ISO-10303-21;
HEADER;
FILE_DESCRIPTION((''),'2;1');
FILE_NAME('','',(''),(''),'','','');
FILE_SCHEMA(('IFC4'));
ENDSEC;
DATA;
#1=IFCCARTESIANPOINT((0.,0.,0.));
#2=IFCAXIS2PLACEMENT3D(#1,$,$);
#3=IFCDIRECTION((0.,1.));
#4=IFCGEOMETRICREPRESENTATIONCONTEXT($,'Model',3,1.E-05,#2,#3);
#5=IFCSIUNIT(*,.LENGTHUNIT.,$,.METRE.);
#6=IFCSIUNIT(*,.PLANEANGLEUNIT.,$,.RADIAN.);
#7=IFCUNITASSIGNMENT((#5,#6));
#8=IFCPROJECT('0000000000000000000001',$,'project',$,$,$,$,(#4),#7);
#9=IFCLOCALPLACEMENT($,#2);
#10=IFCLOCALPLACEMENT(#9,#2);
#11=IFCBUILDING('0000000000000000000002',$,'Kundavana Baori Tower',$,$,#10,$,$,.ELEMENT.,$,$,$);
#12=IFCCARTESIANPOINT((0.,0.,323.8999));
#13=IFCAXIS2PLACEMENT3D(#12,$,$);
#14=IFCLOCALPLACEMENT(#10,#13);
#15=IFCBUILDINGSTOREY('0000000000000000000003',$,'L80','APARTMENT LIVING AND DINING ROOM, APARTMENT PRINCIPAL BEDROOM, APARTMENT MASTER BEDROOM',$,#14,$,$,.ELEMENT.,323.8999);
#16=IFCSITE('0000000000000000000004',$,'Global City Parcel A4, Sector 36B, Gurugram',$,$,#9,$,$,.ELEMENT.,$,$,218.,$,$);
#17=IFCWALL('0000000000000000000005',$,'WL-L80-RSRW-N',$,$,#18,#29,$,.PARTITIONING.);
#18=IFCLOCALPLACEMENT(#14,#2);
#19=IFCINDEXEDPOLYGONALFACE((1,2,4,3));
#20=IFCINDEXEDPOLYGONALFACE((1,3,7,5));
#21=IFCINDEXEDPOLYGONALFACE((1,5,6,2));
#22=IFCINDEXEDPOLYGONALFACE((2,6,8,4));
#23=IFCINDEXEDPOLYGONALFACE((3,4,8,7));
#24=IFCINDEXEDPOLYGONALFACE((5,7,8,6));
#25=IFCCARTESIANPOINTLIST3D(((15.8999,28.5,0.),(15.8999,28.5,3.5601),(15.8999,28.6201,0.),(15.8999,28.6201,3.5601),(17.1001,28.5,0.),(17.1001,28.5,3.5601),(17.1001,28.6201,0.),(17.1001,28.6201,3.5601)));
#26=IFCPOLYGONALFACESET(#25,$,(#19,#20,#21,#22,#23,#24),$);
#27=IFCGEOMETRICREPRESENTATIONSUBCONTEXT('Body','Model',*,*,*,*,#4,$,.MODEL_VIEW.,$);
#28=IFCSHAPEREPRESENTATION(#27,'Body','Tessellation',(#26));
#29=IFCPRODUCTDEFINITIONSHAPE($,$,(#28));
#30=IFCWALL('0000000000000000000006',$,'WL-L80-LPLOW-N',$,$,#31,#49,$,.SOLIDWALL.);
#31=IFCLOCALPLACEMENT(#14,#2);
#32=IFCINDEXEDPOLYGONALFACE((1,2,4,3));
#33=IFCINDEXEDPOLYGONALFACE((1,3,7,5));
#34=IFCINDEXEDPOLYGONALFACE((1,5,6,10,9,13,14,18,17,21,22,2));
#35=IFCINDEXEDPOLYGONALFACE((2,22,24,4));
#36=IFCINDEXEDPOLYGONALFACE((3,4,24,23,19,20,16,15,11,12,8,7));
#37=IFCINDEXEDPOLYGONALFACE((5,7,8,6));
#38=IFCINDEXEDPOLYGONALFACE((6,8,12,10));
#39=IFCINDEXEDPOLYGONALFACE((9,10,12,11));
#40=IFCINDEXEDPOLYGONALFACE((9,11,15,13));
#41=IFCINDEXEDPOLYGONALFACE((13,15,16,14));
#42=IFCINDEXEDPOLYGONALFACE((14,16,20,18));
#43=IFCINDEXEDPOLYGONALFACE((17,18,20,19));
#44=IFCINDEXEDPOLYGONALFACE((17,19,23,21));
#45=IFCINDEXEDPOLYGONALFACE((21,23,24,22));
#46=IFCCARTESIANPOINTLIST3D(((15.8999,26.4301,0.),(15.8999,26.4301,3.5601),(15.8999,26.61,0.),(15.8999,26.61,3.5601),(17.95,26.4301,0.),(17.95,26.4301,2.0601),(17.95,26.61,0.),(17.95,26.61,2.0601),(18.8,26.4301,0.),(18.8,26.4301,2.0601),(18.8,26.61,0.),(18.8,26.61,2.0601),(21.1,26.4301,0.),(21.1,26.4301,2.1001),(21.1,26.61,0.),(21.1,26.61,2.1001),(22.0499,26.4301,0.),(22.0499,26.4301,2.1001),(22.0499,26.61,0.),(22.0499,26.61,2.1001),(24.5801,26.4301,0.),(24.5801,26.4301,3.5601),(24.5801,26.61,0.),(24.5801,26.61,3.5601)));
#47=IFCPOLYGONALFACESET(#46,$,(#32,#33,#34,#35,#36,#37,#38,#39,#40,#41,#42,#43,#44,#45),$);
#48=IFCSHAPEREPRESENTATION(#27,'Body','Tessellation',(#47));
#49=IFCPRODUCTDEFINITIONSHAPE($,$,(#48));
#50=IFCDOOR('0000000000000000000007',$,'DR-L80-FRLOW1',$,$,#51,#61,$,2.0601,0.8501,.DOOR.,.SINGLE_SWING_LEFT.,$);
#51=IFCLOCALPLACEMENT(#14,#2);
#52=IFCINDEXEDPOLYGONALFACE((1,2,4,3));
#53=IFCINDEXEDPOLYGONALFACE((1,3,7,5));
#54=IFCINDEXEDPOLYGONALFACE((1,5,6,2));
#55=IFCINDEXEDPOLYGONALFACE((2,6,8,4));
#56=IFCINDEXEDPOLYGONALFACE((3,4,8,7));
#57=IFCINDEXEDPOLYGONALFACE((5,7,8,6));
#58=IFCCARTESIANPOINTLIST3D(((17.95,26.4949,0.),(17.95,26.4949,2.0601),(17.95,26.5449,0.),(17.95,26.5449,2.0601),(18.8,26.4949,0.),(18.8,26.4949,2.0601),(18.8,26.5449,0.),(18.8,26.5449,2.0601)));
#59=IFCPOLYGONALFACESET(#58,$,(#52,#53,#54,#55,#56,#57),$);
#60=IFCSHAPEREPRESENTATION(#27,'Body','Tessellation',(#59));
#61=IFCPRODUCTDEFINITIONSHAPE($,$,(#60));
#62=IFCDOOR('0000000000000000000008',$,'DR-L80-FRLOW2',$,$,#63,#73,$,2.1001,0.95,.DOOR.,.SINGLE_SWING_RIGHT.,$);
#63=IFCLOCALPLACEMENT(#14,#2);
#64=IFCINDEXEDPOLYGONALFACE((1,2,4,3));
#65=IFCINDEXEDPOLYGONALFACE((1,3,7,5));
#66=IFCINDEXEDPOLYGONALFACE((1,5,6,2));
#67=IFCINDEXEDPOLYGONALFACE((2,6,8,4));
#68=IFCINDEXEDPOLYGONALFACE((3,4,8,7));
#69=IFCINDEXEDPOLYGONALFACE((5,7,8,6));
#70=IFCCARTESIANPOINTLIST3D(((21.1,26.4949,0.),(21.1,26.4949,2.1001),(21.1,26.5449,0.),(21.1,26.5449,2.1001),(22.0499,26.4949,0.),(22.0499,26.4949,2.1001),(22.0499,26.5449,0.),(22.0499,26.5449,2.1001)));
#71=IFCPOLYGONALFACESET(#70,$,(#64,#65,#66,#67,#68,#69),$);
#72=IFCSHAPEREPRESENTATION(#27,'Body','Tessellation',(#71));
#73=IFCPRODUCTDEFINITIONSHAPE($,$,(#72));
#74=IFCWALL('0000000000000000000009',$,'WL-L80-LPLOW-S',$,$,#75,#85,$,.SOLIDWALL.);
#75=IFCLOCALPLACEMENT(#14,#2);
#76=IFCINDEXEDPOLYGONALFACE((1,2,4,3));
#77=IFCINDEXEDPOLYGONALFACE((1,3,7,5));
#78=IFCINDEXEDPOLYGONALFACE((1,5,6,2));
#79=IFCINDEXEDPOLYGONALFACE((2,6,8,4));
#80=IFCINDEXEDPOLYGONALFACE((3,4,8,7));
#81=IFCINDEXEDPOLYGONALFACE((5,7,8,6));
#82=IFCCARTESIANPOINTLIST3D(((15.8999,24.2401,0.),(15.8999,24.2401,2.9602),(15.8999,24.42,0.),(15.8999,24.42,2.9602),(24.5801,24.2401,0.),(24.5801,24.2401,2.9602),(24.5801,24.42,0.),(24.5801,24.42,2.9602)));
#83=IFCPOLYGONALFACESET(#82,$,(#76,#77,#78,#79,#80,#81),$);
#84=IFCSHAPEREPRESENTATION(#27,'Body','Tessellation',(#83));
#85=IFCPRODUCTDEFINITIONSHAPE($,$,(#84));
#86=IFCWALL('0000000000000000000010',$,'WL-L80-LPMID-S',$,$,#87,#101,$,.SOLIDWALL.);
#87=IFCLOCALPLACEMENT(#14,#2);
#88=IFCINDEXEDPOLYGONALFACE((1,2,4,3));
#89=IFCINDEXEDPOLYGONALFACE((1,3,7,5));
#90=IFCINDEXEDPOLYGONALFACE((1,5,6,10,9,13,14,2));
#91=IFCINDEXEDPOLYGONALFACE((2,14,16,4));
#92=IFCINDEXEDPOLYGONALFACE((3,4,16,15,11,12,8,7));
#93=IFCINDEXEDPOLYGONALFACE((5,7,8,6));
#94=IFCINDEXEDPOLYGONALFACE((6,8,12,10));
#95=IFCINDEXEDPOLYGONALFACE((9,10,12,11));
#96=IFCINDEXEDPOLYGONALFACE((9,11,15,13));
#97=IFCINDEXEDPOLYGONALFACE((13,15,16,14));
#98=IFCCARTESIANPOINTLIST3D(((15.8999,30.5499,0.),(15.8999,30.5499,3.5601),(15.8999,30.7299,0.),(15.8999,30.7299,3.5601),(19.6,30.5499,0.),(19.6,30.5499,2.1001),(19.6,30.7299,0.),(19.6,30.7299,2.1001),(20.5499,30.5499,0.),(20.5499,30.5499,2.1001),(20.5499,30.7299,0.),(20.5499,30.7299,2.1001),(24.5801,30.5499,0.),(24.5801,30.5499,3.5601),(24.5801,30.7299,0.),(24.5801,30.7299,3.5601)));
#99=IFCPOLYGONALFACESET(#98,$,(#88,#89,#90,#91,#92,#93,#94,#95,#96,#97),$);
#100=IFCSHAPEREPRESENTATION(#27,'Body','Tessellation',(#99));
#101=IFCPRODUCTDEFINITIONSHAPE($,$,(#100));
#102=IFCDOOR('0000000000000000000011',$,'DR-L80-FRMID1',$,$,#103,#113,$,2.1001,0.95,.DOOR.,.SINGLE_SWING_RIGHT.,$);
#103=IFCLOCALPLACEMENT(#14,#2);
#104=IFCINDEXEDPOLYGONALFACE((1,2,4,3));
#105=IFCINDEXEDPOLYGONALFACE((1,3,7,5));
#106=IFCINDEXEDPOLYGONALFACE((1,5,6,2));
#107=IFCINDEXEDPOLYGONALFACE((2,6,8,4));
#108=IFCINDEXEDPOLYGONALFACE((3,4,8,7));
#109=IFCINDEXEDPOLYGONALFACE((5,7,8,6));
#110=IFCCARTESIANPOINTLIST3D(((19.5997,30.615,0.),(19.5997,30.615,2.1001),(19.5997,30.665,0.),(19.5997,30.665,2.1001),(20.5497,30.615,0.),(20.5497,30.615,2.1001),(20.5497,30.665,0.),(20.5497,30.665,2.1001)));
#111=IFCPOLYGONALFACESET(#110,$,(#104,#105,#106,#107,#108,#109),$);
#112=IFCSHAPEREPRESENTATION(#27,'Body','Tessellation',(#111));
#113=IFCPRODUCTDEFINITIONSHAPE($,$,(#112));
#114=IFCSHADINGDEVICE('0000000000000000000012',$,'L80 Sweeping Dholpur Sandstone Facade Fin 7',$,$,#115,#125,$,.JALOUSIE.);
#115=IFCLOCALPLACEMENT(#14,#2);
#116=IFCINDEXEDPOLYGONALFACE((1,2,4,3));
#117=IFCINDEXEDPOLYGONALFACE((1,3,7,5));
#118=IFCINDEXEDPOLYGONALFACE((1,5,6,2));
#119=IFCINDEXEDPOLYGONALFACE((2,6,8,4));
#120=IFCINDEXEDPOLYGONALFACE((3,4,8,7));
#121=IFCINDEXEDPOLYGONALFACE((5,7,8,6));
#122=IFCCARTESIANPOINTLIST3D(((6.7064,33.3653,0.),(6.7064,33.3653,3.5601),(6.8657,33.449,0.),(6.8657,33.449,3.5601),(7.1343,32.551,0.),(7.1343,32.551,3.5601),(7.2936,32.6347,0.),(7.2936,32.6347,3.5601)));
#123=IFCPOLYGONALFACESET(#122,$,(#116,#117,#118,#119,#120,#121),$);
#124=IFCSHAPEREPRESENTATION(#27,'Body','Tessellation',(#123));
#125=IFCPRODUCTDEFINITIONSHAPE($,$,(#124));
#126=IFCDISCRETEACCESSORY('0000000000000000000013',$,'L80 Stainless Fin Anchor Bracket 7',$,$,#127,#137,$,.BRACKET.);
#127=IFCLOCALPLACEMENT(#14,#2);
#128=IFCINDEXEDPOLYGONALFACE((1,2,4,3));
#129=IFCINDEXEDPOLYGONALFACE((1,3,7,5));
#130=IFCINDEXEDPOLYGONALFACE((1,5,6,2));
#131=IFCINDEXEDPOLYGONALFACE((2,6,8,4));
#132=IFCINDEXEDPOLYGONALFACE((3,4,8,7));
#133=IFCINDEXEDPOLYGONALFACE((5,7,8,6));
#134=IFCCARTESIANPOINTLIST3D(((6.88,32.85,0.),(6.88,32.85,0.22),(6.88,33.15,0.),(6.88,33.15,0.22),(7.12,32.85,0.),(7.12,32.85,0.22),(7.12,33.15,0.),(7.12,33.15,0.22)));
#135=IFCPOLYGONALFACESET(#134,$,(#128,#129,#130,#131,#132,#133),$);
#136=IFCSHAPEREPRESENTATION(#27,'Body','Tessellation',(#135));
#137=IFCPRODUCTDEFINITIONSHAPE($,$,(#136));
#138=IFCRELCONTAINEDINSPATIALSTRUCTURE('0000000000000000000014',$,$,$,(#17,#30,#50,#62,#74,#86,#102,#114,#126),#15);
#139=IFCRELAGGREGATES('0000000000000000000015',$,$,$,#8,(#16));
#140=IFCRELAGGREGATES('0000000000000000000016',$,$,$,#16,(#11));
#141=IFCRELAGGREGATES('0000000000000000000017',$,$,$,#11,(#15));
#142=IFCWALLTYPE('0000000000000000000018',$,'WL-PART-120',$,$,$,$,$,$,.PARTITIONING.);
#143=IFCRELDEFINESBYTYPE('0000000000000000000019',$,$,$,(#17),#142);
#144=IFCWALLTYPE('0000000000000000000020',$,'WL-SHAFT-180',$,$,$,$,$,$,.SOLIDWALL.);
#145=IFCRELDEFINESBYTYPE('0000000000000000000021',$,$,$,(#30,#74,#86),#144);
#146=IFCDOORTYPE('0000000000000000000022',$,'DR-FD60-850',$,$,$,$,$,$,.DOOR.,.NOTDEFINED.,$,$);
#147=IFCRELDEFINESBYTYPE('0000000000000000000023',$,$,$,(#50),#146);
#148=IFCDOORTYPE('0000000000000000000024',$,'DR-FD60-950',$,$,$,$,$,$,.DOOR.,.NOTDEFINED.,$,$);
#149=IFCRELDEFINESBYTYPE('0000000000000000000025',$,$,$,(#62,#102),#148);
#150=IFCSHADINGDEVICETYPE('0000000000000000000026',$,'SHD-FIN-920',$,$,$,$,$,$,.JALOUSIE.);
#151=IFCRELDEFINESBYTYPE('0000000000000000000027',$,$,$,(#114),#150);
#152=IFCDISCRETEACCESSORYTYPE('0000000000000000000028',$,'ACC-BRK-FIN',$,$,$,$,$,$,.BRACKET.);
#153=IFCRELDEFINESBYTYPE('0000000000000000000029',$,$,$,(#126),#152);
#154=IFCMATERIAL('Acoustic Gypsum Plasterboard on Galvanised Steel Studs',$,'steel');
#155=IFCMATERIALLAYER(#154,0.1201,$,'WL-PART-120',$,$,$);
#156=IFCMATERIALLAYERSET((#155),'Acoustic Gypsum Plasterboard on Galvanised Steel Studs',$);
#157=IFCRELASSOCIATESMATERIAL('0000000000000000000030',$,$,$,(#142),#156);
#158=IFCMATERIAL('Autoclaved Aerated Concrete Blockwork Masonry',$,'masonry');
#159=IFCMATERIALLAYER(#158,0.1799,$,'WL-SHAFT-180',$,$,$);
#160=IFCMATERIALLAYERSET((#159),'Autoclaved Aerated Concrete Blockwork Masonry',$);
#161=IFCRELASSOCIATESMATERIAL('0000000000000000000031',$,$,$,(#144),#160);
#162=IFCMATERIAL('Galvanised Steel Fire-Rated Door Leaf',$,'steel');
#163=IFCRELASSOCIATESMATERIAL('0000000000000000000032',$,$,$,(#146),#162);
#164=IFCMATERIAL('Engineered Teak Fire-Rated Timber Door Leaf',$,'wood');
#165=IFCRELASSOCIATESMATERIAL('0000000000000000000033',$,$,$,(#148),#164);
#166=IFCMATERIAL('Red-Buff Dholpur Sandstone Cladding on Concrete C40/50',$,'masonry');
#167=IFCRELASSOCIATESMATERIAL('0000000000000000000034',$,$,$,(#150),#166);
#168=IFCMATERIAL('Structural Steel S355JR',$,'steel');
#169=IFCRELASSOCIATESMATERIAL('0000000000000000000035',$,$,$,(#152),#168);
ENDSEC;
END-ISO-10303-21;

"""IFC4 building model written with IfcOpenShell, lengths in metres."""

from ifc_helpers import new_model, si_unit, direction, frame, frame_2d, origin, origin_2d, place, context, subcontext, project, spatial, rectangle, extrude, material, layer, layer_set, type_object, element, fill, save


model = new_model("IFC4")

# Units and contexts
model_context = context("Model", 3, precision=1e-05, world=origin(), true_north=direction((0.0, 1.0)))
body_context = subcontext(model_context, "Body", "Model", "MODEL_VIEW")
ifc_project = project(units=[si_unit("LENGTHUNIT", "METRE"), si_unit("PLANEANGLEUNIT", "RADIAN")], contexts=[model_context])

# Site, building, storey
site_placement = place(None, origin())
site = spatial("IfcSite", under=ifc_project, at=site_placement, Name="Global City Parcel A4, Sector 36B, Gurugram", CompositionType="ELEMENT", RefElevation=218.0)
building_placement = place(site_placement, origin())
building = spatial("IfcBuilding", under=site, at=building_placement, Name="Kundavana Baori Tower", CompositionType="ELEMENT")
storey_placement = place(building_placement, frame((0.0, 0.0, 323.8999)))
storey = spatial("IfcBuildingStorey", under=building, at=storey_placement, Name="L80", Description="APARTMENT LIVING AND DINING ROOM, APARTMENT PRINCIPAL BEDROOM, APARTMENT MASTER BEDROOM", CompositionType="ELEMENT", Elevation=323.8999)

# Wall
ifc_material_1 = material(Name="Acoustic Gypsum Plasterboard on Galvanised Steel Studs", Category="steel")
ifc_layer_1 = layer(ifc_material_1, 0.1201, Name="WL-PART-120")
ifc_layer_set_1 = layer_set([ifc_layer_1], Name="Acoustic Gypsum Plasterboard on Galvanised Steel Studs")
wall_type_1 = type_object("IfcWallType", Name="WL-PART-120", PredefinedType="PARTITIONING", material=ifc_layer_set_1)
wall_1_placement = place(storey_placement, frame((15.8999, 28.5601, 0.0), z_axis=(0.0, 0.0, 1.0), x_axis=(1.0, 0.0, 0.0)))
element("IfcWall", 1, at=wall_1_placement, inside=storey, type_object=wall_type_1, Name="WL-L80-RSRW-N", PredefinedType="PARTITIONING", context=body_context, shape_type="SweptSolid", body=[
    extrude(rectangle(XDim=1.2002, YDim=0.1201, at=frame_2d((0.6001, 0.0))), origin(), (0.0, 0.0, 1.0), 3.5601),
])

# Wall, openings, doors
ifc_material_2 = material(Name="Autoclaved Aerated Concrete Blockwork Masonry", Category="masonry")
ifc_layer_2 = layer(ifc_material_2, 0.1799, Name="WL-SHAFT-180")
ifc_layer_set_2 = layer_set([ifc_layer_2], Name="Autoclaved Aerated Concrete Blockwork Masonry")
wall_type_2 = type_object("IfcWallType", Name="WL-SHAFT-180", PredefinedType="SOLIDWALL", material=ifc_layer_set_2)
wall_2_placement = place(storey_placement, frame((15.8999, 26.52, 0.0), z_axis=(0.0, 0.0, 1.0), x_axis=(1.0, 0.0, 0.0)))
wall_2 = element("IfcWall", 2, at=wall_2_placement, inside=storey, type_object=wall_type_2, Name="WL-L80-LPLOW-N", PredefinedType="SOLIDWALL", context=body_context, shape_type="SweptSolid", body=[
    extrude(rectangle(XDim=8.6802, YDim=0.1799, at=frame_2d((4.3401, 0.0))), origin(), (0.0, 0.0, 1.0), 3.5601),
])
opening_1_placement = place(wall_2_placement, frame((2.05, 0.0, 0.0)))
opening_1 = element("IfcOpeningElement", 3, at=opening_1_placement, cuts=wall_2, PredefinedType="OPENING", context=body_context, shape_type="SweptSolid", body=[
    extrude(rectangle(XDim=0.8501, YDim=2.0601, at=frame_2d((0.425, 1.03))), frame((0.0, 0.1001, 0.0), z_axis=(0.0, -1.0, 0.0), x_axis=(1.0, 0.0, 0.0)), (0.0, 0.0, 1.0), 0.2),
])
opening_2_placement = place(wall_2_placement, frame((5.2, 0.0, 0.0)))
opening_2 = element("IfcOpeningElement", 4, at=opening_2_placement, cuts=wall_2, PredefinedType="OPENING", context=body_context, shape_type="SweptSolid", body=[
    extrude(rectangle(XDim=0.95, YDim=2.1001, at=frame_2d((0.4751, 1.05))), frame((0.0, 0.1001, 0.0), z_axis=(0.0, -1.0, 0.0), x_axis=(1.0, 0.0, 0.0)), (0.0, 0.0, 1.0), 0.2),
])
ifc_material_3 = material(Name="Galvanised Steel Fire-Rated Door Leaf", Category="steel")
door_type_1 = type_object("IfcDoorType", Name="DR-FD60-850", OperationType="NOTDEFINED", PredefinedType="DOOR", material=ifc_material_3)
door_1_placement = place(opening_1_placement, origin())
door_1 = element("IfcDoor", 5, at=door_1_placement, inside=storey, type_object=door_type_1, Name="DR-L80-FRLOW1", OperationType="SINGLE_SWING_LEFT", OverallHeight=2.0601, OverallWidth=0.8501, PredefinedType="DOOR", context=body_context, shape_type="SweptSolid", body=[
    extrude(rectangle(XDim=0.8501, YDim=2.0601, at=frame_2d((0.425, 1.03))), frame((0.0, 0.0249, 0.0), z_axis=(0.0, -1.0, 0.0), x_axis=(1.0, 0.0, 0.0)), (0.0, 0.0, 1.0), 0.05),
])
fill(opening_1, door_1)
ifc_material_4 = material(Name="Engineered Teak Fire-Rated Timber Door Leaf", Category="wood")
door_type_2 = type_object("IfcDoorType", Name="DR-FD60-950", OperationType="NOTDEFINED", PredefinedType="DOOR", material=ifc_material_4)
door_2_placement = place(opening_2_placement, origin())
door_2 = element("IfcDoor", 6, at=door_2_placement, inside=storey, type_object=door_type_2, Name="DR-L80-FRLOW2", OperationType="SINGLE_SWING_RIGHT", OverallHeight=2.1001, OverallWidth=0.95, PredefinedType="DOOR", context=body_context, shape_type="SweptSolid", body=[
    extrude(rectangle(XDim=0.95, YDim=2.1001, at=frame_2d((0.4751, 1.05))), frame((0.0, 0.0249, 0.0), z_axis=(0.0, -1.0, 0.0), x_axis=(1.0, 0.0, 0.0)), (0.0, 0.0, 1.0), 0.05),
])
fill(opening_2, door_2)

# Wall
wall_3_placement = place(storey_placement, frame((15.8999, 24.3301, 0.0), z_axis=(0.0, 0.0, 1.0), x_axis=(1.0, 0.0, 0.0)))
element("IfcWall", 7, at=wall_3_placement, inside=storey, type_object=wall_type_2, Name="WL-L80-LPLOW-S", PredefinedType="SOLIDWALL", context=body_context, shape_type="SweptSolid", body=[
    extrude(rectangle(XDim=8.6802, YDim=0.1799, at=frame_2d((4.3401, 0.0))), origin(), (0.0, 0.0, 1.0), 2.9602),
])

# Wall, opening, door
wall_4_placement = place(storey_placement, frame((15.8999, 30.6399, 0.0), z_axis=(0.0, 0.0, 1.0), x_axis=(1.0, 0.0, 0.0)))
wall_4 = element("IfcWall", 8, at=wall_4_placement, inside=storey, type_object=wall_type_2, Name="WL-L80-LPMID-S", PredefinedType="SOLIDWALL", context=body_context, shape_type="SweptSolid", body=[
    extrude(rectangle(XDim=8.6802, YDim=0.1799, at=frame_2d((4.3401, 0.0))), origin(), (0.0, 0.0, 1.0), 3.5601),
])
opening_3_placement = place(wall_4_placement, frame((3.7, 0.0, 0.0)))
opening_3 = element("IfcOpeningElement", 9, at=opening_3_placement, cuts=wall_4, PredefinedType="OPENING", context=body_context, shape_type="SweptSolid", body=[
    extrude(rectangle(XDim=0.95, YDim=2.1001, at=frame_2d((0.4751, 1.05))), frame((0.0, 0.1001, 0.0), z_axis=(0.0, -1.0, 0.0), x_axis=(1.0, 0.0, 0.0)), (0.0, 0.0, 1.0), 0.2),
])
door_3_placement = place(opening_3_placement, frame((0.95, 0.0, 0.0), z_axis=(0.0, 0.0, 1.0), x_axis=(-1.0, 0.0, 0.0)))
door_3 = element("IfcDoor", 10, at=door_3_placement, inside=storey, type_object=door_type_2, Name="DR-L80-FRMID1", OperationType="SINGLE_SWING_RIGHT", OverallHeight=2.1001, OverallWidth=0.95, PredefinedType="DOOR", context=body_context, shape_type="SweptSolid", body=[
    extrude(rectangle(XDim=0.95, YDim=2.1001, at=frame_2d((0.4751, 1.05))), frame((0.0, 0.0249, 0.0), z_axis=(0.0, -1.0, 0.0), x_axis=(1.0, 0.0, 0.0)), (0.0, 0.0, 1.0), 0.05),
])
fill(opening_3, door_3)

# Shading device
ifc_material_5 = material(Name="Red-Buff Dholpur Sandstone Cladding on Concrete C40/50", Category="masonry")
shading_device_type = type_object("IfcShadingDeviceType", Name="SHD-FIN-920", PredefinedType="JALOUSIE", material=ifc_material_5)
shading_device_placement = place(storey_placement, frame((7.0, 33.0, 0.0), z_axis=(0.0, 0.0, 1.0), x_axis=(0.885231, 0.465151, 0.0)))
element("IfcShadingDevice", 11, at=shading_device_placement, inside=storey, type_object=shading_device_type, Name="L80 Sweeping Dholpur Sandstone Facade Fin 7", PredefinedType="JALOUSIE", context=body_context, shape_type="SweptSolid", body=[
    extrude(rectangle(XDim=0.1799, YDim=0.9199, at=origin_2d()), origin(), (0.0, 0.0, 1.0), 3.5601),
])

# Discrete accessory
ifc_material_6 = material(Name="Structural Steel S355JR", Category="steel")
discrete_accessory_type = type_object("IfcDiscreteAccessoryType", Name="ACC-BRK-FIN", PredefinedType="BRACKET", material=ifc_material_6)
discrete_accessory_placement = place(storey_placement, frame((7.0, 33.0, 0.0), z_axis=(0.0, 0.0, 1.0), x_axis=(1.0, 0.0, 0.0)))
element("IfcDiscreteAccessory", 12, at=discrete_accessory_placement, inside=storey, type_object=discrete_accessory_type, Name="L80 Stainless Fin Anchor Bracket 7", PredefinedType="BRACKET", context=body_context, shape_type="SweptSolid", body=[
    extrude(rectangle(XDim=0.24, YDim=0.3, at=origin_2d()), origin(), (0.0, 0.0, 1.0), 0.22),
])

save(model, "model.ifc")
